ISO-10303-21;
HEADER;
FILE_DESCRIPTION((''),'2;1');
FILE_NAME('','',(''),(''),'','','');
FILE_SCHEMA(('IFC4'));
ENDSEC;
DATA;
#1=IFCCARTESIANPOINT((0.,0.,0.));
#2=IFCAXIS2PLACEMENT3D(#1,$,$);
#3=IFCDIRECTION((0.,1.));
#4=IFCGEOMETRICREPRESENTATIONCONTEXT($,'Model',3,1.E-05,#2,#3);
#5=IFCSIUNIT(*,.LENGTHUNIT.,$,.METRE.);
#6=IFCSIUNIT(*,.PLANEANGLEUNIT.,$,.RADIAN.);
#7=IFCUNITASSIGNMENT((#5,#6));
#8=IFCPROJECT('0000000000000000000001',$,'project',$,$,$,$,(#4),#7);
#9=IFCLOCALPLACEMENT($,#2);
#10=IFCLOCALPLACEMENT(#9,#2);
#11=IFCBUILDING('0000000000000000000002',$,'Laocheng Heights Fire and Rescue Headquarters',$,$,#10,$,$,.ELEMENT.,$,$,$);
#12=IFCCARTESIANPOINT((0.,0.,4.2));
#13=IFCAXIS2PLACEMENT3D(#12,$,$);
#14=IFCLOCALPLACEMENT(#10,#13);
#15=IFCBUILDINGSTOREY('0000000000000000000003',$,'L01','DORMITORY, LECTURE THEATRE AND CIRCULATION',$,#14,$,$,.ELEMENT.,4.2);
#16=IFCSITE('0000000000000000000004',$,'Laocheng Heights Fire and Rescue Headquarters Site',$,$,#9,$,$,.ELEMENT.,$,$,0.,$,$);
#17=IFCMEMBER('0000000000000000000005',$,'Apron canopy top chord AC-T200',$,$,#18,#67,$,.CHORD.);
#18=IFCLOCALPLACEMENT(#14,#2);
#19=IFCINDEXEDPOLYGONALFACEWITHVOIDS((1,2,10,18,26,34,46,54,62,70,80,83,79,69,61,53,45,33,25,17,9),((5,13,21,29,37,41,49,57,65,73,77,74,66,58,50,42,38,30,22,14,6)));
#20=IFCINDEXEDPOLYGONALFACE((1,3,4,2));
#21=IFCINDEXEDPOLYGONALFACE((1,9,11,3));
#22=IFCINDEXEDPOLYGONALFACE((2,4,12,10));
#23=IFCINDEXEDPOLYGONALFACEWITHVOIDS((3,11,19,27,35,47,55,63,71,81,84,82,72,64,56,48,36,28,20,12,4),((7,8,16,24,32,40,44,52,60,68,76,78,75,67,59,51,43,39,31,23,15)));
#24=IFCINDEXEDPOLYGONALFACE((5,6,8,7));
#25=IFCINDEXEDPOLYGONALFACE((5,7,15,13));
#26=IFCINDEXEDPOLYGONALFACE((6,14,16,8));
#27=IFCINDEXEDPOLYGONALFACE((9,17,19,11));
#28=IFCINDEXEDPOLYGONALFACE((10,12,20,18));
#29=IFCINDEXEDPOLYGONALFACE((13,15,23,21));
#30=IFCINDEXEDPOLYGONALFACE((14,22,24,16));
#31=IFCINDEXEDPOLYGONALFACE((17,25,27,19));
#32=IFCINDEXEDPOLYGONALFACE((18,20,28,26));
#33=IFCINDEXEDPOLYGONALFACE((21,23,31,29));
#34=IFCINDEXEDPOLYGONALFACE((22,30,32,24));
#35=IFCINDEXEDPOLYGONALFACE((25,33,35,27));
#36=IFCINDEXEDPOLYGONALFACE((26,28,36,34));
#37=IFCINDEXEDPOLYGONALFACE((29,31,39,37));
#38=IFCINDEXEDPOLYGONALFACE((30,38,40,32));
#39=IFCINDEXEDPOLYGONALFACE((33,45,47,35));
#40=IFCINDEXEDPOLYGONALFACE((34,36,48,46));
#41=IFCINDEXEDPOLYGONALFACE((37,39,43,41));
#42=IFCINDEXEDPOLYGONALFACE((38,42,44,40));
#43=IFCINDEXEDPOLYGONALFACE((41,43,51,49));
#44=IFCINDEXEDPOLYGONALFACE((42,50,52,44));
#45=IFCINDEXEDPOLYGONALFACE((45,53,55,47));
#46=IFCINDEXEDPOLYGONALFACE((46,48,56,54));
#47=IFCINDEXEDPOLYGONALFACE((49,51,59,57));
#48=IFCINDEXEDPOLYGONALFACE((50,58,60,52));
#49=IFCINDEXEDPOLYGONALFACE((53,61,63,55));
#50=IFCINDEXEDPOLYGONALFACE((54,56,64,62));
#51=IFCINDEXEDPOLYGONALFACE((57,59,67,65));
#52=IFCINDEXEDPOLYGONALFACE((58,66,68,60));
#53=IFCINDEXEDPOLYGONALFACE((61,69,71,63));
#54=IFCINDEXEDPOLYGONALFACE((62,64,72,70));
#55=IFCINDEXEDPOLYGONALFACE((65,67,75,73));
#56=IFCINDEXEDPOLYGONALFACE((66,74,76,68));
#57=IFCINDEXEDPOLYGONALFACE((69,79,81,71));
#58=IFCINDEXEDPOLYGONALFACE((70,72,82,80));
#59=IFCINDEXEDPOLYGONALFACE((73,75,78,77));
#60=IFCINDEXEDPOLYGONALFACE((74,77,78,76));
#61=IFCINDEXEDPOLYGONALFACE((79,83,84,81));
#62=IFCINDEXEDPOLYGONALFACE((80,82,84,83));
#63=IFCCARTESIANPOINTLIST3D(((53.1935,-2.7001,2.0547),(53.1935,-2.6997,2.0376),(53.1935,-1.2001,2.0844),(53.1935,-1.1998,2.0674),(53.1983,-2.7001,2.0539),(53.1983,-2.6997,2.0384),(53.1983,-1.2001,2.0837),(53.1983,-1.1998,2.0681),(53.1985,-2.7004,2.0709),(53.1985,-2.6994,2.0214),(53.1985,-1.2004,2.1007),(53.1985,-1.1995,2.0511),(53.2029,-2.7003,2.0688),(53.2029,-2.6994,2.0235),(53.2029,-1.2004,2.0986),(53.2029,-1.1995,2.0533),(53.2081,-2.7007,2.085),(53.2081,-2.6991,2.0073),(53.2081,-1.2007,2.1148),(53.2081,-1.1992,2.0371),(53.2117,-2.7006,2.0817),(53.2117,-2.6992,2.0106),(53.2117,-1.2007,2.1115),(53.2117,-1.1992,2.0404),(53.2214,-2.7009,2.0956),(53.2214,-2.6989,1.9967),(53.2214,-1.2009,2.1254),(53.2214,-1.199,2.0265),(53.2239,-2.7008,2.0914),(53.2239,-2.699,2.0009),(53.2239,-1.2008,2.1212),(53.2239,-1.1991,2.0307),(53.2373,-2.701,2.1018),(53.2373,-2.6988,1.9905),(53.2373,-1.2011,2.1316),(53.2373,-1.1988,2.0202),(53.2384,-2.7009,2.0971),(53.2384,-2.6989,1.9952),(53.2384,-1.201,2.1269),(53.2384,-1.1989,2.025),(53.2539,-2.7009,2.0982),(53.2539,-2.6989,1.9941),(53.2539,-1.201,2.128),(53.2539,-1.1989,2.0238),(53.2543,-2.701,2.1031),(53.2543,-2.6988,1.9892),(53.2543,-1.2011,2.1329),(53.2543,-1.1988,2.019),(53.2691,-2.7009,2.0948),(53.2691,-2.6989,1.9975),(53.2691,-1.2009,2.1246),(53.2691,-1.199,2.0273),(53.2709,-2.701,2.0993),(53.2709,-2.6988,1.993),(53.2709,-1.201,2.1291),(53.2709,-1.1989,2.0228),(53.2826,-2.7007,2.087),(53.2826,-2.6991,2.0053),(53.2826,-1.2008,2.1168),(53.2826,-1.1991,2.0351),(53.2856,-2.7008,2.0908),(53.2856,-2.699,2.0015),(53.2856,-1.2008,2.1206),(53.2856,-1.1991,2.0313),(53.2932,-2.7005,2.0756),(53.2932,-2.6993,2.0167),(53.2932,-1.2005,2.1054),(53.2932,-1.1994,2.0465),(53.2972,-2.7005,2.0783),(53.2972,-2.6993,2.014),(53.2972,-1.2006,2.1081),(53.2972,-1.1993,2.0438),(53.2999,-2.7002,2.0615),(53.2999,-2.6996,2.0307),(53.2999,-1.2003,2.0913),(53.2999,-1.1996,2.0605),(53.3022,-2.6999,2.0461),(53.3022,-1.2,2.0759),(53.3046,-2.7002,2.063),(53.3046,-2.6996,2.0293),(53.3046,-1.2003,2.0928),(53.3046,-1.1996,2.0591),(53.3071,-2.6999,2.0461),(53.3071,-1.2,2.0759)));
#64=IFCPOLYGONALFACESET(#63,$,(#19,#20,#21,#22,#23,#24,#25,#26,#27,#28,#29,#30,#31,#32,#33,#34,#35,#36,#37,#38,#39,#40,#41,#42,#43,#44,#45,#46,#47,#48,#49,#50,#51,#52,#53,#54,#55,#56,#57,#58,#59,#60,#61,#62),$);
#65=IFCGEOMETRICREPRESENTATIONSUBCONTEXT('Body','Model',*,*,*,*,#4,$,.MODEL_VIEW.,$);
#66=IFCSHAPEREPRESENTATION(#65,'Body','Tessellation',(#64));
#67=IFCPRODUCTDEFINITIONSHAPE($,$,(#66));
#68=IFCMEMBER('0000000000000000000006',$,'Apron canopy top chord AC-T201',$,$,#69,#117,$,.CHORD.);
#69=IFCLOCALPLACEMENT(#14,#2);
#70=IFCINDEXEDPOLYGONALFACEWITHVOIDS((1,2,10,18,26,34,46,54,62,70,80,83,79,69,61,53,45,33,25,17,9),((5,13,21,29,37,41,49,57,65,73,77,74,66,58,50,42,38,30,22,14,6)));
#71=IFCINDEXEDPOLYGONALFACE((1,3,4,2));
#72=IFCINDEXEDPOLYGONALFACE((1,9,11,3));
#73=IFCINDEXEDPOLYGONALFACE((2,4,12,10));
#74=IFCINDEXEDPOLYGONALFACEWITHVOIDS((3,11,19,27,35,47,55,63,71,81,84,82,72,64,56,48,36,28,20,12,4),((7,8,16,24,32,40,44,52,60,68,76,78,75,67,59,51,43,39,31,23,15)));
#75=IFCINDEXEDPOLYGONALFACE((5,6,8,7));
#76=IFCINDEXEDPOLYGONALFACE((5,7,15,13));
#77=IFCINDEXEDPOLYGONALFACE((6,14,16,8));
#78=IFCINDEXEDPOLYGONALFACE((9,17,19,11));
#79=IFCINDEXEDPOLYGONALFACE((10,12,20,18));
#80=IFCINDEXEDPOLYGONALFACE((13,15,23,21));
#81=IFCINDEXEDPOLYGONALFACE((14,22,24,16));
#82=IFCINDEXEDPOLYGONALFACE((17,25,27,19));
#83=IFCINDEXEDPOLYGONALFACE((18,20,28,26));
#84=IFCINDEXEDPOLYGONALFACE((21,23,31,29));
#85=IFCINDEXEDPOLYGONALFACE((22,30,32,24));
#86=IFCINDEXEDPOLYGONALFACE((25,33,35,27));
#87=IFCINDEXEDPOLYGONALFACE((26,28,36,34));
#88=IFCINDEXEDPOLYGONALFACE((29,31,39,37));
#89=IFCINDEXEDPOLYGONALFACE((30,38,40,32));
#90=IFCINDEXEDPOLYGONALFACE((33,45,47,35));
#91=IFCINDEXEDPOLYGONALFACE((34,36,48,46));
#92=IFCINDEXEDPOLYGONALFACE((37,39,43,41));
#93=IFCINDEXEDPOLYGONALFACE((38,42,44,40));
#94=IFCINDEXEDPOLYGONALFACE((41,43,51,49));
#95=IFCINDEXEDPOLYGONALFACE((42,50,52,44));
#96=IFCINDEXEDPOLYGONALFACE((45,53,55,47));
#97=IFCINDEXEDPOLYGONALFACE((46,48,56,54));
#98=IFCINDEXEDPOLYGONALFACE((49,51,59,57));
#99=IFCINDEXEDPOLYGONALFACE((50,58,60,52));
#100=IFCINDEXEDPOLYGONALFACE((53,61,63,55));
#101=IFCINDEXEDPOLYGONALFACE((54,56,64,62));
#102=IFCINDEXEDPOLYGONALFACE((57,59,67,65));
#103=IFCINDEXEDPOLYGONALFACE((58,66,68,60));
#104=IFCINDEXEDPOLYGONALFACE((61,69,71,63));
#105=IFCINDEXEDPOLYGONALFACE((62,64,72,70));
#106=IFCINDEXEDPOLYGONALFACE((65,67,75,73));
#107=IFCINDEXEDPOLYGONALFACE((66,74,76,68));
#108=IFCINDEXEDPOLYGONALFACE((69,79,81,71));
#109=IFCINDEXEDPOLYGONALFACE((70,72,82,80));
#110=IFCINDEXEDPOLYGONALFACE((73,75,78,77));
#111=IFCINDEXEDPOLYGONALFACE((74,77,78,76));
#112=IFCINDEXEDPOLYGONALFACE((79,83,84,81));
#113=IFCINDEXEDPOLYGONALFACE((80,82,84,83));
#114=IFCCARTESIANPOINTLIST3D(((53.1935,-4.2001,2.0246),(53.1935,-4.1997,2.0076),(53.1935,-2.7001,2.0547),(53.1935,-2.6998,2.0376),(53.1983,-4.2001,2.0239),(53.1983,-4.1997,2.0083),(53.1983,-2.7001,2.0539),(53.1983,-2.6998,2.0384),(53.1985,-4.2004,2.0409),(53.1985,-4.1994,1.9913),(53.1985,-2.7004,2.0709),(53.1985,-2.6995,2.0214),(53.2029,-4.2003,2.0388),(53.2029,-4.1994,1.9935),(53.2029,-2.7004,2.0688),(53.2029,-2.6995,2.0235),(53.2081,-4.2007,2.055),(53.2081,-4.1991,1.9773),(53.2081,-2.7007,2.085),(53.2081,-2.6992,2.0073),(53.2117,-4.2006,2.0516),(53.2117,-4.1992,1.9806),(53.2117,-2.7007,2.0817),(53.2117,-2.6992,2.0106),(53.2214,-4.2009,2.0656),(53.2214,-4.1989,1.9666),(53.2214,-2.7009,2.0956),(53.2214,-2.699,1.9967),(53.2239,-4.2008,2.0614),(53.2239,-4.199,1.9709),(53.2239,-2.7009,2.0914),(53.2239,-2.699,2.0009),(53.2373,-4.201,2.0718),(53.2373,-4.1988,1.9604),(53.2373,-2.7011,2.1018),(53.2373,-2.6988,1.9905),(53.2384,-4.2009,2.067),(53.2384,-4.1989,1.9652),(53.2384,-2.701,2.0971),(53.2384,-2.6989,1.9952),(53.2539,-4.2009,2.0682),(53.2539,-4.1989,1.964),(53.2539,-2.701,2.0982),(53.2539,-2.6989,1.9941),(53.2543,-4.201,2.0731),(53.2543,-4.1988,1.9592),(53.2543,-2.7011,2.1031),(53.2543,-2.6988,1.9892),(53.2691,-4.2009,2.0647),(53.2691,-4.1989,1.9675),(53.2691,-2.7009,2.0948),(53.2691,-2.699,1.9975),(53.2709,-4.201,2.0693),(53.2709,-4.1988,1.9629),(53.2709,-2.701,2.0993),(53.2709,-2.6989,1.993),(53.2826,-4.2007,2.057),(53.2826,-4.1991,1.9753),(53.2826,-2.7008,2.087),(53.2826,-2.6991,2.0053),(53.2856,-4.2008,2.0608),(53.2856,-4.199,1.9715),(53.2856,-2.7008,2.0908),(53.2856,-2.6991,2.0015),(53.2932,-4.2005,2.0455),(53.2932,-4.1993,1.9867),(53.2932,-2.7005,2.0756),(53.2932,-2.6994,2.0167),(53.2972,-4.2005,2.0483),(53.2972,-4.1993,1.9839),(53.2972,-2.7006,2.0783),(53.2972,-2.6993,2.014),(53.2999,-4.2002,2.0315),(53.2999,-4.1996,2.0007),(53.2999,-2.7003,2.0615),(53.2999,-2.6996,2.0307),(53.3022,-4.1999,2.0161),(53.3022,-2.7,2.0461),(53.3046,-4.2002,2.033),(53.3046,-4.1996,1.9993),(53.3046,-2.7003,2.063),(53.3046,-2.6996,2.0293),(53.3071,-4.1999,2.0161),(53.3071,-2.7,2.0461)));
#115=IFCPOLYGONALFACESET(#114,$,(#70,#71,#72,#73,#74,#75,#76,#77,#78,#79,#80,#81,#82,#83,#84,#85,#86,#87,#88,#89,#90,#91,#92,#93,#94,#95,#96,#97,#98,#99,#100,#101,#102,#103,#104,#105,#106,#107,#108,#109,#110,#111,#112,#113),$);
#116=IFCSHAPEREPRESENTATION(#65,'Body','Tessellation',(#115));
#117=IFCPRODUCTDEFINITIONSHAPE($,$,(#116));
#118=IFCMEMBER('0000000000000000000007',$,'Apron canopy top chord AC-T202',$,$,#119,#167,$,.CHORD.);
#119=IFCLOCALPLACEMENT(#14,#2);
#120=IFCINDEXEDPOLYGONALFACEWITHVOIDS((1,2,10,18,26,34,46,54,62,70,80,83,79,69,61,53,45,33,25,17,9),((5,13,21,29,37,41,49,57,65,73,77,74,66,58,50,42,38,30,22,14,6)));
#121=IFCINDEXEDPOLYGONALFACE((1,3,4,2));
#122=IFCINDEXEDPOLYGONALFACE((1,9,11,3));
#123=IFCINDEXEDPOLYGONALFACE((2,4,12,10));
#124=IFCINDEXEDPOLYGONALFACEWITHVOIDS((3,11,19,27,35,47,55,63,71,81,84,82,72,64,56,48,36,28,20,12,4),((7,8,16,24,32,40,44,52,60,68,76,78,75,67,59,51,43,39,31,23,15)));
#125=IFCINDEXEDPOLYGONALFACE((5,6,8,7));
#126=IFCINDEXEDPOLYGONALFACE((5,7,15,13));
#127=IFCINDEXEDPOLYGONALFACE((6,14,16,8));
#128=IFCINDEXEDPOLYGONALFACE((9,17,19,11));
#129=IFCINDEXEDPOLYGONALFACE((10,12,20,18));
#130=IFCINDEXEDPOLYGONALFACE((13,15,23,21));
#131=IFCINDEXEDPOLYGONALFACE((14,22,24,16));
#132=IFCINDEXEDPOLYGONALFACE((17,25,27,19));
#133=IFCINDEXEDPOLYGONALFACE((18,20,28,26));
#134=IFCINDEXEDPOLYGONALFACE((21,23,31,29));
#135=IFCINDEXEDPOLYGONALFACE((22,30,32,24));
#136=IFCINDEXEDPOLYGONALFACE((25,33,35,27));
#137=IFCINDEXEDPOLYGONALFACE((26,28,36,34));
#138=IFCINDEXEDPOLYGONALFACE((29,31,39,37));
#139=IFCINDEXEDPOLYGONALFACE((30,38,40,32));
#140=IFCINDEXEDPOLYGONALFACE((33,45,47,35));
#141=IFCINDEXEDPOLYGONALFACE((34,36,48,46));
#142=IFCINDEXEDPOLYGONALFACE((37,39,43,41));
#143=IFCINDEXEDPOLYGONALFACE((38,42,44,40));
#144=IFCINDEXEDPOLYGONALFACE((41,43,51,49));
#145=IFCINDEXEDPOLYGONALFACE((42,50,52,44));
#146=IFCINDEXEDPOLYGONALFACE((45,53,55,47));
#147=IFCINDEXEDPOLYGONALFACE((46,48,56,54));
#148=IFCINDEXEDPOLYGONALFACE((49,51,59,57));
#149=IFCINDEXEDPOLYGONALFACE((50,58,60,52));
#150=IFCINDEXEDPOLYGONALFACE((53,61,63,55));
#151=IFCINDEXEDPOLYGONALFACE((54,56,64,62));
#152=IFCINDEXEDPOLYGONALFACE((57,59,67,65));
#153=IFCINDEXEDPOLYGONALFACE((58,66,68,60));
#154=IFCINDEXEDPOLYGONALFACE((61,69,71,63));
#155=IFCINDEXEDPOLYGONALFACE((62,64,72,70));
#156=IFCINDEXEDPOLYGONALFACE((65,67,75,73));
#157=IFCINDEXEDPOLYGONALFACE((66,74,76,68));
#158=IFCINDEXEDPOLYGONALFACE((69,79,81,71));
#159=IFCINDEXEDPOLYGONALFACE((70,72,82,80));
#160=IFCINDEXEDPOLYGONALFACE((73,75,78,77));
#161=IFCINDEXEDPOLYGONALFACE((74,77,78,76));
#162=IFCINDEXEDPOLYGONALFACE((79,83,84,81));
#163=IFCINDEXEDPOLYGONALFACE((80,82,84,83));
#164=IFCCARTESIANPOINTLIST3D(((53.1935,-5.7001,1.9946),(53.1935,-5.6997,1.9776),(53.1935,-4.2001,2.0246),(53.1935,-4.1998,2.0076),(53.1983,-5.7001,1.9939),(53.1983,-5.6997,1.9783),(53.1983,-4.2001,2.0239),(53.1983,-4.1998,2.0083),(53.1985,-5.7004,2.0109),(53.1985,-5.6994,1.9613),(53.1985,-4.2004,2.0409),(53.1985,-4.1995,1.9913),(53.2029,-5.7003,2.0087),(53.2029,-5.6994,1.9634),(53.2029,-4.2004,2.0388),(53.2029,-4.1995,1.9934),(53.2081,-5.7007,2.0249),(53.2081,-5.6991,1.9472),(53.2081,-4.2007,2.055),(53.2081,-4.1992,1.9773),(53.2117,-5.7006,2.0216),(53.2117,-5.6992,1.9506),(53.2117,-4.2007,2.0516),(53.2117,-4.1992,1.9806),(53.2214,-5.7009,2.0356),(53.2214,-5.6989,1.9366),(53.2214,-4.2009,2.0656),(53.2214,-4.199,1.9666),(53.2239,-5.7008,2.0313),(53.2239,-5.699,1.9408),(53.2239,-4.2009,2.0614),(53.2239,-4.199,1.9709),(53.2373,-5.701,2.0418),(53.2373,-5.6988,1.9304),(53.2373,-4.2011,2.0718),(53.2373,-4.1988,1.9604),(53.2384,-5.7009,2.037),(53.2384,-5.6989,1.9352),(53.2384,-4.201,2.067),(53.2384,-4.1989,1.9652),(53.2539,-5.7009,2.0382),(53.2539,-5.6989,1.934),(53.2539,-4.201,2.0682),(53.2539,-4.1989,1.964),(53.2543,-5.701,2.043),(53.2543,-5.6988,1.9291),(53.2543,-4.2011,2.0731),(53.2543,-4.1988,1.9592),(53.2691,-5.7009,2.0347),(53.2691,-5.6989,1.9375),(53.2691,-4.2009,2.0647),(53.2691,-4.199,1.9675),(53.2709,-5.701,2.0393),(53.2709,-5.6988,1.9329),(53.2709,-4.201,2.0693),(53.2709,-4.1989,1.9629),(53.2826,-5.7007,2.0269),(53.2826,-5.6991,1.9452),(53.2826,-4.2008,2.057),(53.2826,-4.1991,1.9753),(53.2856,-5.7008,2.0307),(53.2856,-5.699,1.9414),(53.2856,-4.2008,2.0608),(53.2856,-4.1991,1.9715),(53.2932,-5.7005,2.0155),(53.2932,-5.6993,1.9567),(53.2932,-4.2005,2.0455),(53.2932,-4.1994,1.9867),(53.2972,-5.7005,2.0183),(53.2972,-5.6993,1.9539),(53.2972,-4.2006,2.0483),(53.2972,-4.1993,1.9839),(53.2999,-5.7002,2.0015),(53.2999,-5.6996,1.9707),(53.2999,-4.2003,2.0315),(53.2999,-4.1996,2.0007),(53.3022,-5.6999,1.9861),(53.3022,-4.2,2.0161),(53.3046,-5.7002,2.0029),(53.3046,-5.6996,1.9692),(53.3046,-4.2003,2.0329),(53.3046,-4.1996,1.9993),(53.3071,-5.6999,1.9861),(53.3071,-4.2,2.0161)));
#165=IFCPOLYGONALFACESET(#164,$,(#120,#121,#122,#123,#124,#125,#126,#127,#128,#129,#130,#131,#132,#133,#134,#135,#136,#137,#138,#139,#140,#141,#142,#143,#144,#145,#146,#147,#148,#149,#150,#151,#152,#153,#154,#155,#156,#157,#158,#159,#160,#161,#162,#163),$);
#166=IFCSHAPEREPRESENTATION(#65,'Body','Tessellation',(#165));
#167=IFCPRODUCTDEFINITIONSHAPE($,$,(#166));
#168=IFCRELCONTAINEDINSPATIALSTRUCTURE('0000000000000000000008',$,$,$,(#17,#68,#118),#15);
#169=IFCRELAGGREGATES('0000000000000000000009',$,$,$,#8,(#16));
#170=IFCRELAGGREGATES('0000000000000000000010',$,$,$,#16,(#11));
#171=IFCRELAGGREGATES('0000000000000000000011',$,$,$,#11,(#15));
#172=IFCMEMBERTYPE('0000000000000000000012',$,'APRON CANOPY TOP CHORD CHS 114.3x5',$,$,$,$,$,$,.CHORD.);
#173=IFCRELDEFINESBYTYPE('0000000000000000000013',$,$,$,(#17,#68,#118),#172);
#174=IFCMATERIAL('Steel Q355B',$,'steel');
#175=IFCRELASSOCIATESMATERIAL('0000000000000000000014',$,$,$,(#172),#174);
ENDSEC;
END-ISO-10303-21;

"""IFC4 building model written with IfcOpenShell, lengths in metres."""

from ifc_helpers import new_model, si_unit, direction, frame, origin, origin_2d, place, context, subcontext, project, spatial, hollow_circle, extrude, material, material_profile, profile_set, type_object, element, save


model = new_model("IFC4")

# Units and contexts
model_context = context("Model", 3, precision=1e-05, world=origin(), true_north=direction((0.0, 1.0)))
body_context = subcontext(model_context, "Body", "Model", "MODEL_VIEW")
ifc_project = project(units=[si_unit("LENGTHUNIT", "METRE"), si_unit("PLANEANGLEUNIT", "RADIAN")], contexts=[model_context])

# Site, building, storey
site_placement = place(None, origin())
site = spatial("IfcSite", under=ifc_project, at=site_placement, Name="Laocheng Heights Fire and Rescue Headquarters Site", CompositionType="ELEMENT", RefElevation=0.0)
building_placement = place(site_placement, origin())
building = spatial("IfcBuilding", under=site, at=building_placement, Name="Laocheng Heights Fire and Rescue Headquarters", CompositionType="ELEMENT")
storey_placement = place(building_placement, frame((0.0, 0.0, 4.2)))
storey = spatial("IfcBuildingStorey", under=building, at=storey_placement, Name="L01", Description="DORMITORY, LECTURE THEATRE AND CIRCULATION", CompositionType="ELEMENT", Elevation=4.2)

# Members
ifc_material_1 = material(Name="Steel Q355B", Category="steel")
ifc_material_profile_1 = material_profile(ifc_material_1, hollow_circle(Radius=0.0571, WallThickness=0.0049, at=origin_2d()), Name="CHS 114.3x5")
ifc_profile_set_1 = profile_set([ifc_material_profile_1], Name="Steel Q355B")
member_type_1 = type_object("IfcMemberType", Name="APRON CANOPY TOP CHORD CHS 114.3x5", PredefinedType="CHORD", material=ifc_profile_set_1)
for number, where, z_axis, x_axis, name in (
    (1, (53.25, -1.2, 2.0759), (0.0, -0.999803, -0.019853), (1.0, 0.0, 0.0), "Apron canopy top chord AC-T200"),
    (2, (53.25, -2.7, 2.0461), (0.0, -0.9998, -0.020016), (1.0, 0.0, 0.0), "Apron canopy top chord AC-T201"),
    (3, (53.25, -4.2, 2.0161), (0.0, -0.9998, -0.020016), (1.0, 0.0, 0.0), "Apron canopy top chord AC-T202"),
):
    element("IfcMember", number, at=place(storey_placement, frame(where, z_axis=z_axis, x_axis=x_axis)), inside=storey, type_object=member_type_1, Name=name, PredefinedType="CHORD", context=body_context, shape_type="SweptSolid", body=[
        extrude(hollow_circle(Radius=0.0571, WallThickness=0.0049, at=origin_2d()), origin(), (0.0, 0.0, 1.0), 1.5002),
    ])

save(model, "model.ifc")
